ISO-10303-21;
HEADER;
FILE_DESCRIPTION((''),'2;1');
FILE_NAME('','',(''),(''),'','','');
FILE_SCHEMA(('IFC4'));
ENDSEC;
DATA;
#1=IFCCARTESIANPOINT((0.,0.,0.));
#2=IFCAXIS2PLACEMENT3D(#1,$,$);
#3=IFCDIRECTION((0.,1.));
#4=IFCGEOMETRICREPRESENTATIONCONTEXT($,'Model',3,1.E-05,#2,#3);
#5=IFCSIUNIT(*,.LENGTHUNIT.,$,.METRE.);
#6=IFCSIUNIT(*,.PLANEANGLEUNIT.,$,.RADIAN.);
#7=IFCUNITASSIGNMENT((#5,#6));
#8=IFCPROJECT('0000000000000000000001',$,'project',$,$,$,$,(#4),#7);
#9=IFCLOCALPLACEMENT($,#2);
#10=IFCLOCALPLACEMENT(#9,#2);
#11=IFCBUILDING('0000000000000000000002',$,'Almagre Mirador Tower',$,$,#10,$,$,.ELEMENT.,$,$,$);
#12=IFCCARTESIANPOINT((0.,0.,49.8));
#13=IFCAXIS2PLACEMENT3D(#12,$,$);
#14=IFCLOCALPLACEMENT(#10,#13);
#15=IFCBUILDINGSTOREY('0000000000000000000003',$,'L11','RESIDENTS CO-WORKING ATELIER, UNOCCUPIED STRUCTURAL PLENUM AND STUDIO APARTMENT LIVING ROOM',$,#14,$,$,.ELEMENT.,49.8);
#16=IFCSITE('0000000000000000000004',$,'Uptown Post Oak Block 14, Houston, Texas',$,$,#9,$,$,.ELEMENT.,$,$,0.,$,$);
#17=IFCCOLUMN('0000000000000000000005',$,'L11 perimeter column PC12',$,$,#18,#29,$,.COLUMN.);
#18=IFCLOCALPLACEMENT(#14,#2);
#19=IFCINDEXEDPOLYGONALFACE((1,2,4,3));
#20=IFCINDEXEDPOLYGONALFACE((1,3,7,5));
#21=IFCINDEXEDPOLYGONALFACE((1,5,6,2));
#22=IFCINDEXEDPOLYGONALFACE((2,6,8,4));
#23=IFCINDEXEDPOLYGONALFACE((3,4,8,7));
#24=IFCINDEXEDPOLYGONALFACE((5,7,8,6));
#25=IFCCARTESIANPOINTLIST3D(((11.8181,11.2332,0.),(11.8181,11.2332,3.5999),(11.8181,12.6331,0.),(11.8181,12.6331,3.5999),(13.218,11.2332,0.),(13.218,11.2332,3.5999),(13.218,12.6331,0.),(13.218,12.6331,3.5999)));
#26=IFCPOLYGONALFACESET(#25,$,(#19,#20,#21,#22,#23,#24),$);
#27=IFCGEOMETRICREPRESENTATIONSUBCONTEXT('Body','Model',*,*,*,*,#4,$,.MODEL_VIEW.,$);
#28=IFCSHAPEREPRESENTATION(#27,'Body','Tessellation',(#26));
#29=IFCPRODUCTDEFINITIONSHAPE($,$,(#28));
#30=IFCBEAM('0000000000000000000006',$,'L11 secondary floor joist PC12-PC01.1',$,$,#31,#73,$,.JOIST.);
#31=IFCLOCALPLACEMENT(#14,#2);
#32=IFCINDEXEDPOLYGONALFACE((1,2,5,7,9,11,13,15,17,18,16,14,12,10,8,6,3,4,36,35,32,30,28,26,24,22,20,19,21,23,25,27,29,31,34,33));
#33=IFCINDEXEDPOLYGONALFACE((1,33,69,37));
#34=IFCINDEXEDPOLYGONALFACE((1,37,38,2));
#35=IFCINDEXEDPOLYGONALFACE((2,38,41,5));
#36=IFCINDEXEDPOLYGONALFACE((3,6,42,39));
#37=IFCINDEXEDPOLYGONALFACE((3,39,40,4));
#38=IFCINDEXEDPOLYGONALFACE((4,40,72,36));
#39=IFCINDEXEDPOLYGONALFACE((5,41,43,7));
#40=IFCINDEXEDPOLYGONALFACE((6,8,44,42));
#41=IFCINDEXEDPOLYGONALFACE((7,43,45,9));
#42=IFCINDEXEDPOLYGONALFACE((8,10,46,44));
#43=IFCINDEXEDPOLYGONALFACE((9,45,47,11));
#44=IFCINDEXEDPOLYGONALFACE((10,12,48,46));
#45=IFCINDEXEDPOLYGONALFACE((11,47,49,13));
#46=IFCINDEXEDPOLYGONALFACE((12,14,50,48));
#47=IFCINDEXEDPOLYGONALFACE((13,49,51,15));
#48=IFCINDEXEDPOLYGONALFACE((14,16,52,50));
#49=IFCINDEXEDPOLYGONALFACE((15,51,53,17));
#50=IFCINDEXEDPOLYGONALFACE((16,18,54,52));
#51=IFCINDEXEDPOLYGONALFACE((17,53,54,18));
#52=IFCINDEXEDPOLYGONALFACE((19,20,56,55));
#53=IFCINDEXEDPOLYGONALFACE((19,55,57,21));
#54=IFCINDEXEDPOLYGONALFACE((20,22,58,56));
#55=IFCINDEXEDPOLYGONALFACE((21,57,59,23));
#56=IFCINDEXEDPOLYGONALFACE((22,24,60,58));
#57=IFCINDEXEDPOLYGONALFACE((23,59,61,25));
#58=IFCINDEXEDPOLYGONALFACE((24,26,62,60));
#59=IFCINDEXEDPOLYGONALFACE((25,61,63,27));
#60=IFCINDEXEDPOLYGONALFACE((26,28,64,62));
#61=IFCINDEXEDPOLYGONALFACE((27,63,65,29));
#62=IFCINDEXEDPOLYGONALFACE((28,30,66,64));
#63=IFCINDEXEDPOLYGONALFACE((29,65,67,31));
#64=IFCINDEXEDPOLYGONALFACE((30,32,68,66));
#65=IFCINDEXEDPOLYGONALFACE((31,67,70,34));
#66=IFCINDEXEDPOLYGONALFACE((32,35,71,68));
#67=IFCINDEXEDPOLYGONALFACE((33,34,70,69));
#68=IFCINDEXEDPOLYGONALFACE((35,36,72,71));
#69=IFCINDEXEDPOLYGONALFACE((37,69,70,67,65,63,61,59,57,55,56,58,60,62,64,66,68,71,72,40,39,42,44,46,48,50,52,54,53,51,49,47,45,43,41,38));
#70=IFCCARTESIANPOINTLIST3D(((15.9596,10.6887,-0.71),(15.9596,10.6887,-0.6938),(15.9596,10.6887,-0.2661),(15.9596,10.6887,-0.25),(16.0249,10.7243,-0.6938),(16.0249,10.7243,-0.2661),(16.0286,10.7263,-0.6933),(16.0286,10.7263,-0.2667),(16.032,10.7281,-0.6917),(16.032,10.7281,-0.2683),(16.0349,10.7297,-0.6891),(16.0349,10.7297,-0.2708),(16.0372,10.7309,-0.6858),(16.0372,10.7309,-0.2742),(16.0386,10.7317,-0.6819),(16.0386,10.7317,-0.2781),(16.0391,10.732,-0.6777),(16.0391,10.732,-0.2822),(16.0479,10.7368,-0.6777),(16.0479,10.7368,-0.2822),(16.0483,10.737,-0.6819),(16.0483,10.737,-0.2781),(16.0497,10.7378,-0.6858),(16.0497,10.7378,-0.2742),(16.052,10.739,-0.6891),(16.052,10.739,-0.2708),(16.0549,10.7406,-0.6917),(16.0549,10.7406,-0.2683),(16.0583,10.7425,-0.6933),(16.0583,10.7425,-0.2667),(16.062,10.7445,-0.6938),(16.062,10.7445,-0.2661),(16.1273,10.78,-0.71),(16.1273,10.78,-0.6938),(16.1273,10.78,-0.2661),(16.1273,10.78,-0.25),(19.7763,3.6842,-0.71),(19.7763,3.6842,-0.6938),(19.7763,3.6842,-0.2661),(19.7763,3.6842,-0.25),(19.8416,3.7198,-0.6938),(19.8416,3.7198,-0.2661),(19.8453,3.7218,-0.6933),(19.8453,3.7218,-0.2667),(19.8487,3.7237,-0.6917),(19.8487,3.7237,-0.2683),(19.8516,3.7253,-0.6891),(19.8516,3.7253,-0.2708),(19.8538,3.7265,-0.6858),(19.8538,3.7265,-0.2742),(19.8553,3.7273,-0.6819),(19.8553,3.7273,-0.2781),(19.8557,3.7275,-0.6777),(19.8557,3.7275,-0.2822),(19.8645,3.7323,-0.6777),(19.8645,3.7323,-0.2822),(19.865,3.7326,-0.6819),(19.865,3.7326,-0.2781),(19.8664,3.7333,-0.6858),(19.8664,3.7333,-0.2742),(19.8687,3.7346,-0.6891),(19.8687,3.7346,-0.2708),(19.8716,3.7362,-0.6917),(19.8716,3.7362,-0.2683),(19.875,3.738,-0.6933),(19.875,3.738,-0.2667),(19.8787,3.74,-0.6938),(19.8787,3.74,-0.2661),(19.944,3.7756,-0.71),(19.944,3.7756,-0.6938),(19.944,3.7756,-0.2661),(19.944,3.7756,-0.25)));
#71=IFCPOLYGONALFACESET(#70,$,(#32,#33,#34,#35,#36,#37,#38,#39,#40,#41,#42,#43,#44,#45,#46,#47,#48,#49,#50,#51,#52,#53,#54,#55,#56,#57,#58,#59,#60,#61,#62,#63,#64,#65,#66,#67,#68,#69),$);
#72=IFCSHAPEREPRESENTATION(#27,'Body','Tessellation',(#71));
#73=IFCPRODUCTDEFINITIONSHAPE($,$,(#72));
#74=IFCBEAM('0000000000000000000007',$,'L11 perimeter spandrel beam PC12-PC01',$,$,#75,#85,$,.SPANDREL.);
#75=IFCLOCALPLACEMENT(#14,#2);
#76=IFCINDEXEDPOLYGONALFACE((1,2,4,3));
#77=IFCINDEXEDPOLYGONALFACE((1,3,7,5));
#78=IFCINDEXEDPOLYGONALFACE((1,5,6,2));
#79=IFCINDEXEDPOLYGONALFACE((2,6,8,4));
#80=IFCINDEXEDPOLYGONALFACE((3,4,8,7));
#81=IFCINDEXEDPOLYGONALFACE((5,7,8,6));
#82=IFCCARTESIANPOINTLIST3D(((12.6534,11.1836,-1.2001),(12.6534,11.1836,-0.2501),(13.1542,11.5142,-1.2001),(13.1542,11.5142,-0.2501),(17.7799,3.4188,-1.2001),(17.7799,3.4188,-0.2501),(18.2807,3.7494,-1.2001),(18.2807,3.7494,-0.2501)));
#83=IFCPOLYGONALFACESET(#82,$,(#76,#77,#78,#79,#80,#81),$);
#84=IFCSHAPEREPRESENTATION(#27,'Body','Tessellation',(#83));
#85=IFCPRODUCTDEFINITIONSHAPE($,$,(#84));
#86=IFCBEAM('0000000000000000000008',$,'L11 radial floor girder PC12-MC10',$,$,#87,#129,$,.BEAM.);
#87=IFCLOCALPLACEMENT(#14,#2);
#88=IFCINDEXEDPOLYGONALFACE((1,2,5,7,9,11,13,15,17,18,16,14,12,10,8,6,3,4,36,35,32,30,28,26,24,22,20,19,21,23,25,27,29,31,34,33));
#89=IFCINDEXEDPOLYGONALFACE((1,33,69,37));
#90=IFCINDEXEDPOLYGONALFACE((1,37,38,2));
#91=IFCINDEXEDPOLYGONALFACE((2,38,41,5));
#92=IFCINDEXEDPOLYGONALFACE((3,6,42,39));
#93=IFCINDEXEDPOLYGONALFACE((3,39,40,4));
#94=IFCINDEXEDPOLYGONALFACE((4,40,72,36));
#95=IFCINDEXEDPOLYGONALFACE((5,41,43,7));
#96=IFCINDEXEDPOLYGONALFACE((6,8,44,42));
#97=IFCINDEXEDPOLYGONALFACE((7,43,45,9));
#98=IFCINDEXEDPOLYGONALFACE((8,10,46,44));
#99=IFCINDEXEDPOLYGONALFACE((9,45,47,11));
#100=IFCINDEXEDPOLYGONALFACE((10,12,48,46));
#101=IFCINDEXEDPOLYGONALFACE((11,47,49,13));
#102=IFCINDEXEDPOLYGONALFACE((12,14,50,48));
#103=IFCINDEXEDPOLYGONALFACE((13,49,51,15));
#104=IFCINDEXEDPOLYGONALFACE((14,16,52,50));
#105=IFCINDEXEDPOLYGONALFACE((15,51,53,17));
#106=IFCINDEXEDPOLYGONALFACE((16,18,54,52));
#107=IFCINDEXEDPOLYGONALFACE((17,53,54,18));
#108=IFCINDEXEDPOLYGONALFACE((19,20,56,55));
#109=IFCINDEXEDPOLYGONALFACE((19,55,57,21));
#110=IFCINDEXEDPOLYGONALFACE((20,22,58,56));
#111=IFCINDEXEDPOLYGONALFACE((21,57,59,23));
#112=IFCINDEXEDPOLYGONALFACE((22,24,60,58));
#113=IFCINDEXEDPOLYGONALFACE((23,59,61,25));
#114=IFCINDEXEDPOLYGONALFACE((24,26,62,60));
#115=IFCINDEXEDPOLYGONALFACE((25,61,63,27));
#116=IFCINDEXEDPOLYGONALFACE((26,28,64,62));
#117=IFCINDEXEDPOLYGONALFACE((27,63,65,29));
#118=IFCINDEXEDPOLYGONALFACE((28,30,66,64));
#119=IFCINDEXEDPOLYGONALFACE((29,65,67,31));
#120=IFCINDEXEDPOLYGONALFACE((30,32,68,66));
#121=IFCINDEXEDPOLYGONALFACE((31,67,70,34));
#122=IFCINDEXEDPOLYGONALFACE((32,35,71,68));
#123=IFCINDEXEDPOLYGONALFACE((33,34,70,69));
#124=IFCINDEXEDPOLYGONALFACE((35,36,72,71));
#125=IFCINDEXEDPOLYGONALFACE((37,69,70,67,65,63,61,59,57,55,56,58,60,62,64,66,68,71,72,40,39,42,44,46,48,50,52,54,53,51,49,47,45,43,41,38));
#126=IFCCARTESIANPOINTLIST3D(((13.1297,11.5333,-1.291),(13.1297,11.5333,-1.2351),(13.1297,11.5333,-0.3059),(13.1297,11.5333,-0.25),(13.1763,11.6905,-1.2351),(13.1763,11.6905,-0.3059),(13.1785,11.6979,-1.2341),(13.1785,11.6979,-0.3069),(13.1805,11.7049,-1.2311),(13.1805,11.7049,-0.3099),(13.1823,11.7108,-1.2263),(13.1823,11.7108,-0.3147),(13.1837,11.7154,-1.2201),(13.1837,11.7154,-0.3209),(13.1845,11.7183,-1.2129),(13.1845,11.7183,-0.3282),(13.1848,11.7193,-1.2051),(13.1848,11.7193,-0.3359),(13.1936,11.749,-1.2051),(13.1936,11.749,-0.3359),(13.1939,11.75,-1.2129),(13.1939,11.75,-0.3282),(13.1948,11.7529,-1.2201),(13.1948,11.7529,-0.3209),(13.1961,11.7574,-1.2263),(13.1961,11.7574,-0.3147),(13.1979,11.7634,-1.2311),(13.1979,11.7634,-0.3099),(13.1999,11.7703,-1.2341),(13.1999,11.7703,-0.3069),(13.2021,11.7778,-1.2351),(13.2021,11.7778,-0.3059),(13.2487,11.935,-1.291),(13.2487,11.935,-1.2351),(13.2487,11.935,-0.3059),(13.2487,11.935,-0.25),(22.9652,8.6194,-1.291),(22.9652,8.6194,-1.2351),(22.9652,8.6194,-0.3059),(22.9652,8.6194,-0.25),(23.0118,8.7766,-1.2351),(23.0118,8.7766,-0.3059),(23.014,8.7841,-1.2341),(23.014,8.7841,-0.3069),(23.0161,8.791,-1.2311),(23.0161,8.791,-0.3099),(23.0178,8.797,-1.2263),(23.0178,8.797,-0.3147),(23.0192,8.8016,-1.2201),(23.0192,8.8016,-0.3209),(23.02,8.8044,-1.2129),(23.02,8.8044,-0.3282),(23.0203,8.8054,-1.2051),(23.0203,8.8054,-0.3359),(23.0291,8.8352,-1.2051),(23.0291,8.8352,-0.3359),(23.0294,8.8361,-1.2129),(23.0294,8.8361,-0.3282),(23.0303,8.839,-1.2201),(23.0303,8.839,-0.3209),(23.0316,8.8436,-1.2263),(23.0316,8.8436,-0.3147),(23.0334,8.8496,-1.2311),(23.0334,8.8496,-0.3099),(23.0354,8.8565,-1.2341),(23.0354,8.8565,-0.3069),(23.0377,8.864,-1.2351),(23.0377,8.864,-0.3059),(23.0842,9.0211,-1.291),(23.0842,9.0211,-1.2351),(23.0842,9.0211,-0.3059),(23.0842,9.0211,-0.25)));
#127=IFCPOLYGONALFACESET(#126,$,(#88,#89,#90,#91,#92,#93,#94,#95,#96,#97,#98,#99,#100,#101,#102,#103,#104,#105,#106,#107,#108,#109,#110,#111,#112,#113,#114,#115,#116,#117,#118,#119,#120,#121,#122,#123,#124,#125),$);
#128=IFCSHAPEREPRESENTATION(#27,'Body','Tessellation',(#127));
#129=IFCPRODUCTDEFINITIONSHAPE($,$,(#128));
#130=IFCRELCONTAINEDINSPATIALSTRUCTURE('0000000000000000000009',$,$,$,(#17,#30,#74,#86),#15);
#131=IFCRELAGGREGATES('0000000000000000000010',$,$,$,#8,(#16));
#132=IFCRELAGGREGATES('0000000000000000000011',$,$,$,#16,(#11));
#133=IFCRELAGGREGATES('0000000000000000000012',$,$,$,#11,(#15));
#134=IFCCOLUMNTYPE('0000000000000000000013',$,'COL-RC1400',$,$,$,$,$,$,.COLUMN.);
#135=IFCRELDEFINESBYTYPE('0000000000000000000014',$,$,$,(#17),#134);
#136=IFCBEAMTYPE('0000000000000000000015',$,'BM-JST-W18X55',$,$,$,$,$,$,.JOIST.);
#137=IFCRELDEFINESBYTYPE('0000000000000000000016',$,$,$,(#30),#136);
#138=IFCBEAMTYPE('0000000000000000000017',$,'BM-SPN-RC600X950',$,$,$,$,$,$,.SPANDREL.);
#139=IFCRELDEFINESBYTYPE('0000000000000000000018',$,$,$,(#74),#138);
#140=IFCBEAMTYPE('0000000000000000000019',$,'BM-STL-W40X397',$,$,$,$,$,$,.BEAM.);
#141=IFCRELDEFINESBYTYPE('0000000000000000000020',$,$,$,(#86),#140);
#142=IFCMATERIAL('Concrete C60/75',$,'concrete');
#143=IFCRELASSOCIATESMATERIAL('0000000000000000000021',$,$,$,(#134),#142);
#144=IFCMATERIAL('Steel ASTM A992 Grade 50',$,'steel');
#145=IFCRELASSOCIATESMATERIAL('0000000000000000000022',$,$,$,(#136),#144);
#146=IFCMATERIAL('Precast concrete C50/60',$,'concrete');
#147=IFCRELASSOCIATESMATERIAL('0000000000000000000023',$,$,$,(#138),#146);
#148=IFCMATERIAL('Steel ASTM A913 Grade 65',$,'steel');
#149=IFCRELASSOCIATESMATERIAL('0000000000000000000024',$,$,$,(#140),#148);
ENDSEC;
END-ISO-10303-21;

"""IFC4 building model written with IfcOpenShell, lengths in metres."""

from ifc_helpers import new_model, si_unit, direction, frame, origin, origin_2d, place, context, subcontext, project, spatial, rectangle, i_section, extrude, material, material_profile, profile_set, type_object, element, save


model = new_model("IFC4")

# Units and contexts
model_context = context("Model", 3, precision=1e-05, world=origin(), true_north=direction((0.0, 1.0)))
body_context = subcontext(model_context, "Body", "Model", "MODEL_VIEW")
ifc_project = project(units=[si_unit("LENGTHUNIT", "METRE"), si_unit("PLANEANGLEUNIT", "RADIAN")], contexts=[model_context])

# Site, building, storey
site_placement = place(None, origin())
site = spatial("IfcSite", under=ifc_project, at=site_placement, Name="Uptown Post Oak Block 14, Houston, Texas", CompositionType="ELEMENT", RefElevation=0.0)
building_placement = place(site_placement, origin())
building = spatial("IfcBuilding", under=site, at=building_placement, Name="Almagre Mirador Tower", CompositionType="ELEMENT")
storey_placement = place(building_placement, frame((0.0, 0.0, 49.8)))
storey = spatial("IfcBuildingStorey", under=building, at=storey_placement, Name="L11", Description="RESIDENTS CO-WORKING ATELIER, UNOCCUPIED STRUCTURAL PLENUM AND STUDIO APARTMENT LIVING ROOM", CompositionType="ELEMENT", Elevation=49.8)

# Column
ifc_material_1 = material(Name="Concrete C60/75", Category="concrete")
ifc_material_profile_1 = material_profile(ifc_material_1, rectangle(XDim=1.3999, YDim=1.3999, at=origin_2d()), Name="RC1400X1400")
ifc_profile_set_1 = profile_set([ifc_material_profile_1], Name="Concrete C60/75")
column_type = type_object("IfcColumnType", Name="COL-RC1400", PredefinedType="COLUMN", material=ifc_profile_set_1)
column_placement = place(storey_placement, frame((12.5181, 11.9331, 0.0), z_axis=(0.0, 0.0, 1.0), x_axis=(1.0, 0.0, 0.0)))
element("IfcColumn", 1, at=column_placement, inside=storey, type_object=column_type, Name="L11 perimeter column PC12", PredefinedType="COLUMN", context=body_context, shape_type="SweptSolid", body=[
    extrude(rectangle(XDim=1.3999, YDim=1.3999, at=origin_2d()), origin(), (0.0, 0.0, 1.0), 3.5999),
])

# Beams
ifc_material_2 = material(Name="Steel ASTM A992 Grade 50", Category="steel")
ifc_material_profile_2 = material_profile(ifc_material_2, i_section(OverallWidth=0.1909, OverallDepth=0.46, WebThickness=0.01, FlangeThickness=0.0161, FilletRadius=0.0161, at=origin_2d()), Name="W18X55")
ifc_profile_set_2 = profile_set([ifc_material_profile_2], Name="Steel ASTM A992 Grade 50")
beam_type_1 = type_object("IfcBeamType", Name="BM-JST-W18X55", PredefinedType="JOIST", material=ifc_profile_set_2)
beam_1_placement = place(storey_placement, frame((16.0435, 10.7344, -0.48), z_axis=(0.478473, -0.878103, 0.0), x_axis=(0.878103, 0.478473, 0.0)))
element("IfcBeam", 2, at=beam_1_placement, inside=storey, type_object=beam_type_1, Name="L11 secondary floor joist PC12-PC01.1", PredefinedType="JOIST", context=body_context, shape_type="SweptSolid", body=[
    extrude(i_section(OverallWidth=0.1909, OverallDepth=0.46, WebThickness=0.01, FlangeThickness=0.0161, FilletRadius=0.0161, at=origin_2d()), origin(), (0.0, 0.0, 1.0), 7.9768),
])
ifc_material_3 = material(Name="Precast concrete C50/60", Category="concrete")
ifc_material_profile_3 = material_profile(ifc_material_3, rectangle(XDim=0.6001, YDim=0.95, at=origin_2d()), Name="RC600X950")
ifc_profile_set_3 = profile_set([ifc_material_profile_3], Name="Precast concrete C50/60")
beam_type_2 = type_object("IfcBeamType", Name="BM-SPN-RC600X950", PredefinedType="SPANDREL", material=ifc_profile_set_3)
beam_2_placement = place(storey_placement, frame((12.9038, 11.3489, -0.7251), z_axis=(0.550977, -0.834521, 0.0), x_axis=(0.834521, 0.550977, 0.0)))
element("IfcBeam", 3, at=beam_2_placement, inside=storey, type_object=beam_type_2, Name="L11 perimeter spandrel beam PC12-PC01", PredefinedType="SPANDREL", context=body_context, shape_type="SweptSolid", body=[
    extrude(rectangle(XDim=0.6001, YDim=0.95, at=origin_2d()), origin(), (0.0, 0.0, 1.0), 9.3044),
])
ifc_material_4 = material(Name="Steel ASTM A913 Grade 65", Category="steel")
ifc_material_profile_4 = material_profile(ifc_material_4, i_section(OverallWidth=0.4189, OverallDepth=1.041, WebThickness=0.031, FlangeThickness=0.0559, FilletRadius=0.03, at=origin_2d()), Name="W40X397")
ifc_profile_set_4 = profile_set([ifc_material_profile_4], Name="Steel ASTM A913 Grade 65")
beam_type_3 = type_object("IfcBeamType", Name="BM-STL-W40X397", PredefinedType="BEAM", material=ifc_profile_set_4)
beam_3_placement = place(storey_placement, frame((13.1892, 11.7341, -0.7705), z_axis=(0.958808, -0.284053, 0.0), x_axis=(0.284053, 0.958808, 0.0)))
element("IfcBeam", 4, at=beam_3_placement, inside=storey, type_object=beam_type_3, Name="L11 radial floor girder PC12-MC10", PredefinedType="BEAM", context=body_context, shape_type="SweptSolid", body=[
    extrude(i_section(OverallWidth=0.4189, OverallDepth=1.041, WebThickness=0.031, FlangeThickness=0.0559, FilletRadius=0.03, at=origin_2d()), origin(), (0.0, 0.0, 1.0), 10.2581),
])

save(model, "model.ifc")
